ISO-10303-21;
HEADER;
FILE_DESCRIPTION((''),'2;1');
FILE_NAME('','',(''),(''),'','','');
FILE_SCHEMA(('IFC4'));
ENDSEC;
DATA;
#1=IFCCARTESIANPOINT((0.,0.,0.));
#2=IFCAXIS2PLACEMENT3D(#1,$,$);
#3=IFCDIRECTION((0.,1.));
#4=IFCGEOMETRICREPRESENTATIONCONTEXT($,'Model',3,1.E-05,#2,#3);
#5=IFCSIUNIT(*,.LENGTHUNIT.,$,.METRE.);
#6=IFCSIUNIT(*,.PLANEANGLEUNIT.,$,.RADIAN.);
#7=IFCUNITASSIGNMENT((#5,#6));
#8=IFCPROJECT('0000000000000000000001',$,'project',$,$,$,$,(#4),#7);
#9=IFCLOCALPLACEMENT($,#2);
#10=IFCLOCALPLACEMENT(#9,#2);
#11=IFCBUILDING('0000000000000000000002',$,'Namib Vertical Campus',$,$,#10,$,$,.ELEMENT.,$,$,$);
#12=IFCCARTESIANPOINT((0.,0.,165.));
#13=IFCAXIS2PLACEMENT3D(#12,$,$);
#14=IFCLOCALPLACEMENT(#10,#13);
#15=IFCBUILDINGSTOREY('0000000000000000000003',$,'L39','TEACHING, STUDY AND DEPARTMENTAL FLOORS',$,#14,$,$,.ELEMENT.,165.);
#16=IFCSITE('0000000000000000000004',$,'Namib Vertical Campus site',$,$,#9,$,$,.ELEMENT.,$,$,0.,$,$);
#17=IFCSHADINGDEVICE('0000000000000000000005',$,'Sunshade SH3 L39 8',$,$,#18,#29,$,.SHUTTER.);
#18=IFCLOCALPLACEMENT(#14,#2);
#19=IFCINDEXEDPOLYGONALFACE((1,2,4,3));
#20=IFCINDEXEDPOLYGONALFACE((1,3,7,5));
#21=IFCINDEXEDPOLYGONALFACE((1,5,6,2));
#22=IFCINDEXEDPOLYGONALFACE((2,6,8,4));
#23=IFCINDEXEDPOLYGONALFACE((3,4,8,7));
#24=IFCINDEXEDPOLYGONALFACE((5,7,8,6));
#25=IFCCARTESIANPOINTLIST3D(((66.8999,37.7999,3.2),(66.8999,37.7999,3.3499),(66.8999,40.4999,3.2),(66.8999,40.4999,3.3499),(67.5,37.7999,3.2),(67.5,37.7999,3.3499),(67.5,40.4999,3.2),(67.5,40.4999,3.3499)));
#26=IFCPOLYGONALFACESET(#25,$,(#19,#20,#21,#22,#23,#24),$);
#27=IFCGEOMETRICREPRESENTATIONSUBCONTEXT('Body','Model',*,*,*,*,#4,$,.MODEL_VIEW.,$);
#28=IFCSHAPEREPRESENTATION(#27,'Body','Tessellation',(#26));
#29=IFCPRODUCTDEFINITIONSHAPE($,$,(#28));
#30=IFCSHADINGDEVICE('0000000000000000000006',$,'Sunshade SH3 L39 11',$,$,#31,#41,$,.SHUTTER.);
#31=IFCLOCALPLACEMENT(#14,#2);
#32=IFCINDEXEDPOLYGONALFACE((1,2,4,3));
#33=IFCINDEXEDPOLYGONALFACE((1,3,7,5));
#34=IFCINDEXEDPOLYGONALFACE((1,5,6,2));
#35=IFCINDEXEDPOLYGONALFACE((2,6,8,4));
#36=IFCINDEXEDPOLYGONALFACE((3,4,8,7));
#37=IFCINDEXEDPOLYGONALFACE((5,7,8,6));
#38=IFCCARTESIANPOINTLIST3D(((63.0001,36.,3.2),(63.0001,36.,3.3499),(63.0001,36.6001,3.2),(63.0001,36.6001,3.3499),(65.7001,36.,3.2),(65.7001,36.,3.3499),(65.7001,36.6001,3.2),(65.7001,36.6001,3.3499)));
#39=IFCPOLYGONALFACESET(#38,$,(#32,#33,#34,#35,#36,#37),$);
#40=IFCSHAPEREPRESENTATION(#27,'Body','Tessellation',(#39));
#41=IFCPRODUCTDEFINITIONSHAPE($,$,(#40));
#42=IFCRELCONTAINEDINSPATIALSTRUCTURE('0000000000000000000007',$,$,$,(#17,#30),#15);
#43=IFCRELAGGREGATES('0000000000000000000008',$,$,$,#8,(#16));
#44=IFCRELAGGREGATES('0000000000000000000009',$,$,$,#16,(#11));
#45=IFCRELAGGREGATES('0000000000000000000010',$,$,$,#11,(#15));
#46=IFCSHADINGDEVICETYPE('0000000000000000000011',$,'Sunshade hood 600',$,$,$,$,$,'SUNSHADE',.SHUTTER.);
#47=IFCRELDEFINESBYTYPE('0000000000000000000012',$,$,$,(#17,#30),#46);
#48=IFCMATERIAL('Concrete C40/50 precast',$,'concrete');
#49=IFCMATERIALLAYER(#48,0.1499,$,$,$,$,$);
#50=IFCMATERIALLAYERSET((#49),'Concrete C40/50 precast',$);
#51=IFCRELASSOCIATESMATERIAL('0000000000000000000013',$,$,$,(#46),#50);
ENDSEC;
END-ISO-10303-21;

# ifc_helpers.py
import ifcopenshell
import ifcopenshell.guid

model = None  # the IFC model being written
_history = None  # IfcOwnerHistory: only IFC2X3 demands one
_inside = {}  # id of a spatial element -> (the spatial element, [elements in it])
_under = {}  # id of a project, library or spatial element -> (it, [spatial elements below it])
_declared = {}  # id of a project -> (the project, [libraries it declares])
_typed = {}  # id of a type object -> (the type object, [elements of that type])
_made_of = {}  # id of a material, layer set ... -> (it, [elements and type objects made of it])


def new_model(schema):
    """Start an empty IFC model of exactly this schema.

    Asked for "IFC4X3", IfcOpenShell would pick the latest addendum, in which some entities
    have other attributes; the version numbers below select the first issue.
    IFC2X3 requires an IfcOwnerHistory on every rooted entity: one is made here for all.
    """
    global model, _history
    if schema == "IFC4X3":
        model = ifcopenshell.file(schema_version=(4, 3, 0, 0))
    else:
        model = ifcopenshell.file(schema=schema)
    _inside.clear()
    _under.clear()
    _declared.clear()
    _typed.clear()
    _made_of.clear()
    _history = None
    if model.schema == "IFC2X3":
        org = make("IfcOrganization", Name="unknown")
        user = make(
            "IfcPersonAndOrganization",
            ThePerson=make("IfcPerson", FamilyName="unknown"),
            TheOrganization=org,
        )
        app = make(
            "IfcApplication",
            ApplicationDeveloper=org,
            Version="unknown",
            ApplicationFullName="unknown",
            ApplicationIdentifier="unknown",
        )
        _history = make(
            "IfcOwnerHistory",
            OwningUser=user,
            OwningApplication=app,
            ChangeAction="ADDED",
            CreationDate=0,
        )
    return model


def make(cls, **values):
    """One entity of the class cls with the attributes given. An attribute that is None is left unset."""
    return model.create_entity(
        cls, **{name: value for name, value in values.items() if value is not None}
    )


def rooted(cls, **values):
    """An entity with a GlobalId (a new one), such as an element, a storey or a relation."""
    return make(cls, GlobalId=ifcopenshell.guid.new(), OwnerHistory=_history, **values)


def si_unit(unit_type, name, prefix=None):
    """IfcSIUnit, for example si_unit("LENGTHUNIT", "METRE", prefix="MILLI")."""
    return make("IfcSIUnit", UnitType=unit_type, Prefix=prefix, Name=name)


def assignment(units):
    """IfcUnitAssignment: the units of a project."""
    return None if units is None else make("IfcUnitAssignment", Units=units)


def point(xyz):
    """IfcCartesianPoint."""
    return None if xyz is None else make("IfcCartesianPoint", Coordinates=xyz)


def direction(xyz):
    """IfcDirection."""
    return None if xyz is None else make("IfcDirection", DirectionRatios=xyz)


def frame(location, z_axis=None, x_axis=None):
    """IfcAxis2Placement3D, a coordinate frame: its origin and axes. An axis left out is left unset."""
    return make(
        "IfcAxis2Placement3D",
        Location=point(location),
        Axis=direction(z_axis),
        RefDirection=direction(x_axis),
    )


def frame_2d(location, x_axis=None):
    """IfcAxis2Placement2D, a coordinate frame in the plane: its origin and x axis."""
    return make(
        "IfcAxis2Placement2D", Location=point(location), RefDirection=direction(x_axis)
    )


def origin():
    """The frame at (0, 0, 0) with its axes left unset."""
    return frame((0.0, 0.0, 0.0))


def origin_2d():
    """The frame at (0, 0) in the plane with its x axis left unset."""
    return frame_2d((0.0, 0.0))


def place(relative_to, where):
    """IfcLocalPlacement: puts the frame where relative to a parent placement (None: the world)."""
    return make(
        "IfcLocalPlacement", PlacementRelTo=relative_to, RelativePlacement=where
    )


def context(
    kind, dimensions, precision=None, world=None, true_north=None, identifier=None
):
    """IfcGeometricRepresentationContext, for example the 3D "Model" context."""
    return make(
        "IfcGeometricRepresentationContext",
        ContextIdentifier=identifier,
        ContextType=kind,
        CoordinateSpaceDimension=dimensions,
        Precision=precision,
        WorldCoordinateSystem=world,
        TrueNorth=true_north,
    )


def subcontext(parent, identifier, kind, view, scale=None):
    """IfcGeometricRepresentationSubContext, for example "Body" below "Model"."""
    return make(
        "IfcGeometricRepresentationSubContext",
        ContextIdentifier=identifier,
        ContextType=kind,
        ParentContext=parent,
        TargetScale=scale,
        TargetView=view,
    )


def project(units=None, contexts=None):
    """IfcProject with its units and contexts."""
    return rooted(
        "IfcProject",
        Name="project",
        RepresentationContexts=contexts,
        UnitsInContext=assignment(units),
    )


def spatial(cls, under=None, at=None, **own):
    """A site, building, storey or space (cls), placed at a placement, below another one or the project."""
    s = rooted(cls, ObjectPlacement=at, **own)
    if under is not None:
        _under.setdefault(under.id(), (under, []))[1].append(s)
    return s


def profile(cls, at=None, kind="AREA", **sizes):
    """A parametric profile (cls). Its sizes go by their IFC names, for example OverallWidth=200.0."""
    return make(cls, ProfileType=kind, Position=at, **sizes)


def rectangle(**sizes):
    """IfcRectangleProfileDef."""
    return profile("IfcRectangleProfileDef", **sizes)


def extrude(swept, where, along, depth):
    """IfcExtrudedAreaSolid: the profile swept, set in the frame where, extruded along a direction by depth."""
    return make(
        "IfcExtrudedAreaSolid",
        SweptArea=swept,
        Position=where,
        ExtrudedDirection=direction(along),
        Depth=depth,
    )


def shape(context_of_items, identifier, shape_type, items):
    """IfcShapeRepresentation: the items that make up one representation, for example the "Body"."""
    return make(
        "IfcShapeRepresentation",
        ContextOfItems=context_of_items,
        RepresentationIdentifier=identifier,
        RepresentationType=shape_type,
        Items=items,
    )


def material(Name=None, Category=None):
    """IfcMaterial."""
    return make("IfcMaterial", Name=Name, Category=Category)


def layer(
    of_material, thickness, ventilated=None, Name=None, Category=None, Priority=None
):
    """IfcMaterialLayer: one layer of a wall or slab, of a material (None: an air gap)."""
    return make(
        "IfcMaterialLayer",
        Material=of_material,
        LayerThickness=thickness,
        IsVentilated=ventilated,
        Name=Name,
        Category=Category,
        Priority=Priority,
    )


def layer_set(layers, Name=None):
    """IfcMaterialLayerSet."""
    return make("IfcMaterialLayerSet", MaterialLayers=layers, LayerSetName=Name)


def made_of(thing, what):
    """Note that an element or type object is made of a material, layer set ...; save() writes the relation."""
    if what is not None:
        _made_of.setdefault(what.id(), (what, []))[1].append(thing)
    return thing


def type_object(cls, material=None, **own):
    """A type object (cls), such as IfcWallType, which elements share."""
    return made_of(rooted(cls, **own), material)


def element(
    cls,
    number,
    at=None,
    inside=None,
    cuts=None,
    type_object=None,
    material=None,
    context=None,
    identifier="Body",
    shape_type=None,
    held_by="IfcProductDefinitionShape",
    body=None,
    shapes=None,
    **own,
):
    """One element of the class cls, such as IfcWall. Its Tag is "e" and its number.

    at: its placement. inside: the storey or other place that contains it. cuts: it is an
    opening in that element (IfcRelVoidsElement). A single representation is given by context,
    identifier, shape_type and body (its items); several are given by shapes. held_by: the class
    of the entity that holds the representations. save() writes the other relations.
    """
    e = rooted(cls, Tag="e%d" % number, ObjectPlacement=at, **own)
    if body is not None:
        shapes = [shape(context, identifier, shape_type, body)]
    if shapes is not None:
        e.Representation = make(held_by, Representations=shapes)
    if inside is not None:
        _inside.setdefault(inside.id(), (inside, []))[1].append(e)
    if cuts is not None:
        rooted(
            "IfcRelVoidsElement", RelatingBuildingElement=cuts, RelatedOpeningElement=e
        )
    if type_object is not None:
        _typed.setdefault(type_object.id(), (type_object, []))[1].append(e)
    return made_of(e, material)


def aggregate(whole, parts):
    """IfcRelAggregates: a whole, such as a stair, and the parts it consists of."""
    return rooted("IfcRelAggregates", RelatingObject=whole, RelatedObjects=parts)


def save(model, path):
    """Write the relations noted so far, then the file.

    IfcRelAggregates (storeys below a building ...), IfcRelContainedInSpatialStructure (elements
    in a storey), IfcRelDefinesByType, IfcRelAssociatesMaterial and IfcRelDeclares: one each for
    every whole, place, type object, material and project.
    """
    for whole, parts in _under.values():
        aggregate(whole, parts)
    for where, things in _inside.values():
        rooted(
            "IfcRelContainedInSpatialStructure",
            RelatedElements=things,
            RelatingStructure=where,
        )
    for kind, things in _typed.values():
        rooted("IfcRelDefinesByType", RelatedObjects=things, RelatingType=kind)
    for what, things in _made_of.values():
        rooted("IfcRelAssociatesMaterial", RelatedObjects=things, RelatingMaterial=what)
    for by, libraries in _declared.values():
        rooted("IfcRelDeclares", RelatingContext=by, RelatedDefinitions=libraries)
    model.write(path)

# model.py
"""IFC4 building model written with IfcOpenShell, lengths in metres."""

from ifc_helpers import new_model, si_unit, direction, frame, origin, origin_2d, place, context, subcontext, project, spatial, rectangle, extrude, material, layer, layer_set, type_object, element, save


model = new_model("IFC4")

# Units and contexts
model_context = context("Model", 3, precision=1e-05, world=origin(), true_north=direction((0.0, 1.0)))
body_context = subcontext(model_context, "Body", "Model", "MODEL_VIEW")
ifc_project = project(units=[si_unit("LENGTHUNIT", "METRE"), si_unit("PLANEANGLEUNIT", "RADIAN")], contexts=[model_context])

# Site, building, storey
site_placement = place(None, origin())
site = spatial("IfcSite", under=ifc_project, at=site_placement, Name="Namib Vertical Campus site", CompositionType="ELEMENT", RefElevation=0.0)
building_placement = place(site_placement, origin())
building = spatial("IfcBuilding", under=site, at=building_placement, Name="Namib Vertical Campus", CompositionType="ELEMENT")
storey_placement = place(building_placement, frame((0.0, 0.0, 165.0)))
storey = spatial("IfcBuildingStorey", under=building, at=storey_placement, Name="L39", Description="TEACHING, STUDY AND DEPARTMENTAL FLOORS", CompositionType="ELEMENT", Elevation=165.0)

# Shading devices
ifc_material_1 = material(Name="Concrete C40/50 precast", Category="concrete")
ifc_layer_1 = layer(ifc_material_1, 0.1499)
ifc_layer_set_1 = layer_set([ifc_layer_1], Name="Concrete C40/50 precast")
shading_device_type = type_object("IfcShadingDeviceType", Name="Sunshade hood 600", ElementType="SUNSHADE", PredefinedType="SHUTTER", material=ifc_layer_set_1)
for number, where, z_axis, x_axis, name in (
    (1, (67.2, 39.1499, 3.2), (0.0, 0.0, 1.0), (0.0, -1.0, 0.0), "Sunshade SH3 L39 8"),
    (2, (64.3501, 36.3, 3.2), (0.0, 0.0, 1.0), (-1.0, 0.0, 0.0), "Sunshade SH3 L39 11"),
):
    element("IfcShadingDevice", number, at=place(storey_placement, frame(where, z_axis=z_axis, x_axis=x_axis)), inside=storey, type_object=shading_device_type, Name=name, PredefinedType="SHUTTER", context=body_context, shape_type="SweptSolid", body=[
        extrude(rectangle(XDim=2.7, YDim=0.6001, at=origin_2d()), origin(), (0.0, 0.0, 1.0), 0.1499),
    ])

save(model, "model.ifc")
